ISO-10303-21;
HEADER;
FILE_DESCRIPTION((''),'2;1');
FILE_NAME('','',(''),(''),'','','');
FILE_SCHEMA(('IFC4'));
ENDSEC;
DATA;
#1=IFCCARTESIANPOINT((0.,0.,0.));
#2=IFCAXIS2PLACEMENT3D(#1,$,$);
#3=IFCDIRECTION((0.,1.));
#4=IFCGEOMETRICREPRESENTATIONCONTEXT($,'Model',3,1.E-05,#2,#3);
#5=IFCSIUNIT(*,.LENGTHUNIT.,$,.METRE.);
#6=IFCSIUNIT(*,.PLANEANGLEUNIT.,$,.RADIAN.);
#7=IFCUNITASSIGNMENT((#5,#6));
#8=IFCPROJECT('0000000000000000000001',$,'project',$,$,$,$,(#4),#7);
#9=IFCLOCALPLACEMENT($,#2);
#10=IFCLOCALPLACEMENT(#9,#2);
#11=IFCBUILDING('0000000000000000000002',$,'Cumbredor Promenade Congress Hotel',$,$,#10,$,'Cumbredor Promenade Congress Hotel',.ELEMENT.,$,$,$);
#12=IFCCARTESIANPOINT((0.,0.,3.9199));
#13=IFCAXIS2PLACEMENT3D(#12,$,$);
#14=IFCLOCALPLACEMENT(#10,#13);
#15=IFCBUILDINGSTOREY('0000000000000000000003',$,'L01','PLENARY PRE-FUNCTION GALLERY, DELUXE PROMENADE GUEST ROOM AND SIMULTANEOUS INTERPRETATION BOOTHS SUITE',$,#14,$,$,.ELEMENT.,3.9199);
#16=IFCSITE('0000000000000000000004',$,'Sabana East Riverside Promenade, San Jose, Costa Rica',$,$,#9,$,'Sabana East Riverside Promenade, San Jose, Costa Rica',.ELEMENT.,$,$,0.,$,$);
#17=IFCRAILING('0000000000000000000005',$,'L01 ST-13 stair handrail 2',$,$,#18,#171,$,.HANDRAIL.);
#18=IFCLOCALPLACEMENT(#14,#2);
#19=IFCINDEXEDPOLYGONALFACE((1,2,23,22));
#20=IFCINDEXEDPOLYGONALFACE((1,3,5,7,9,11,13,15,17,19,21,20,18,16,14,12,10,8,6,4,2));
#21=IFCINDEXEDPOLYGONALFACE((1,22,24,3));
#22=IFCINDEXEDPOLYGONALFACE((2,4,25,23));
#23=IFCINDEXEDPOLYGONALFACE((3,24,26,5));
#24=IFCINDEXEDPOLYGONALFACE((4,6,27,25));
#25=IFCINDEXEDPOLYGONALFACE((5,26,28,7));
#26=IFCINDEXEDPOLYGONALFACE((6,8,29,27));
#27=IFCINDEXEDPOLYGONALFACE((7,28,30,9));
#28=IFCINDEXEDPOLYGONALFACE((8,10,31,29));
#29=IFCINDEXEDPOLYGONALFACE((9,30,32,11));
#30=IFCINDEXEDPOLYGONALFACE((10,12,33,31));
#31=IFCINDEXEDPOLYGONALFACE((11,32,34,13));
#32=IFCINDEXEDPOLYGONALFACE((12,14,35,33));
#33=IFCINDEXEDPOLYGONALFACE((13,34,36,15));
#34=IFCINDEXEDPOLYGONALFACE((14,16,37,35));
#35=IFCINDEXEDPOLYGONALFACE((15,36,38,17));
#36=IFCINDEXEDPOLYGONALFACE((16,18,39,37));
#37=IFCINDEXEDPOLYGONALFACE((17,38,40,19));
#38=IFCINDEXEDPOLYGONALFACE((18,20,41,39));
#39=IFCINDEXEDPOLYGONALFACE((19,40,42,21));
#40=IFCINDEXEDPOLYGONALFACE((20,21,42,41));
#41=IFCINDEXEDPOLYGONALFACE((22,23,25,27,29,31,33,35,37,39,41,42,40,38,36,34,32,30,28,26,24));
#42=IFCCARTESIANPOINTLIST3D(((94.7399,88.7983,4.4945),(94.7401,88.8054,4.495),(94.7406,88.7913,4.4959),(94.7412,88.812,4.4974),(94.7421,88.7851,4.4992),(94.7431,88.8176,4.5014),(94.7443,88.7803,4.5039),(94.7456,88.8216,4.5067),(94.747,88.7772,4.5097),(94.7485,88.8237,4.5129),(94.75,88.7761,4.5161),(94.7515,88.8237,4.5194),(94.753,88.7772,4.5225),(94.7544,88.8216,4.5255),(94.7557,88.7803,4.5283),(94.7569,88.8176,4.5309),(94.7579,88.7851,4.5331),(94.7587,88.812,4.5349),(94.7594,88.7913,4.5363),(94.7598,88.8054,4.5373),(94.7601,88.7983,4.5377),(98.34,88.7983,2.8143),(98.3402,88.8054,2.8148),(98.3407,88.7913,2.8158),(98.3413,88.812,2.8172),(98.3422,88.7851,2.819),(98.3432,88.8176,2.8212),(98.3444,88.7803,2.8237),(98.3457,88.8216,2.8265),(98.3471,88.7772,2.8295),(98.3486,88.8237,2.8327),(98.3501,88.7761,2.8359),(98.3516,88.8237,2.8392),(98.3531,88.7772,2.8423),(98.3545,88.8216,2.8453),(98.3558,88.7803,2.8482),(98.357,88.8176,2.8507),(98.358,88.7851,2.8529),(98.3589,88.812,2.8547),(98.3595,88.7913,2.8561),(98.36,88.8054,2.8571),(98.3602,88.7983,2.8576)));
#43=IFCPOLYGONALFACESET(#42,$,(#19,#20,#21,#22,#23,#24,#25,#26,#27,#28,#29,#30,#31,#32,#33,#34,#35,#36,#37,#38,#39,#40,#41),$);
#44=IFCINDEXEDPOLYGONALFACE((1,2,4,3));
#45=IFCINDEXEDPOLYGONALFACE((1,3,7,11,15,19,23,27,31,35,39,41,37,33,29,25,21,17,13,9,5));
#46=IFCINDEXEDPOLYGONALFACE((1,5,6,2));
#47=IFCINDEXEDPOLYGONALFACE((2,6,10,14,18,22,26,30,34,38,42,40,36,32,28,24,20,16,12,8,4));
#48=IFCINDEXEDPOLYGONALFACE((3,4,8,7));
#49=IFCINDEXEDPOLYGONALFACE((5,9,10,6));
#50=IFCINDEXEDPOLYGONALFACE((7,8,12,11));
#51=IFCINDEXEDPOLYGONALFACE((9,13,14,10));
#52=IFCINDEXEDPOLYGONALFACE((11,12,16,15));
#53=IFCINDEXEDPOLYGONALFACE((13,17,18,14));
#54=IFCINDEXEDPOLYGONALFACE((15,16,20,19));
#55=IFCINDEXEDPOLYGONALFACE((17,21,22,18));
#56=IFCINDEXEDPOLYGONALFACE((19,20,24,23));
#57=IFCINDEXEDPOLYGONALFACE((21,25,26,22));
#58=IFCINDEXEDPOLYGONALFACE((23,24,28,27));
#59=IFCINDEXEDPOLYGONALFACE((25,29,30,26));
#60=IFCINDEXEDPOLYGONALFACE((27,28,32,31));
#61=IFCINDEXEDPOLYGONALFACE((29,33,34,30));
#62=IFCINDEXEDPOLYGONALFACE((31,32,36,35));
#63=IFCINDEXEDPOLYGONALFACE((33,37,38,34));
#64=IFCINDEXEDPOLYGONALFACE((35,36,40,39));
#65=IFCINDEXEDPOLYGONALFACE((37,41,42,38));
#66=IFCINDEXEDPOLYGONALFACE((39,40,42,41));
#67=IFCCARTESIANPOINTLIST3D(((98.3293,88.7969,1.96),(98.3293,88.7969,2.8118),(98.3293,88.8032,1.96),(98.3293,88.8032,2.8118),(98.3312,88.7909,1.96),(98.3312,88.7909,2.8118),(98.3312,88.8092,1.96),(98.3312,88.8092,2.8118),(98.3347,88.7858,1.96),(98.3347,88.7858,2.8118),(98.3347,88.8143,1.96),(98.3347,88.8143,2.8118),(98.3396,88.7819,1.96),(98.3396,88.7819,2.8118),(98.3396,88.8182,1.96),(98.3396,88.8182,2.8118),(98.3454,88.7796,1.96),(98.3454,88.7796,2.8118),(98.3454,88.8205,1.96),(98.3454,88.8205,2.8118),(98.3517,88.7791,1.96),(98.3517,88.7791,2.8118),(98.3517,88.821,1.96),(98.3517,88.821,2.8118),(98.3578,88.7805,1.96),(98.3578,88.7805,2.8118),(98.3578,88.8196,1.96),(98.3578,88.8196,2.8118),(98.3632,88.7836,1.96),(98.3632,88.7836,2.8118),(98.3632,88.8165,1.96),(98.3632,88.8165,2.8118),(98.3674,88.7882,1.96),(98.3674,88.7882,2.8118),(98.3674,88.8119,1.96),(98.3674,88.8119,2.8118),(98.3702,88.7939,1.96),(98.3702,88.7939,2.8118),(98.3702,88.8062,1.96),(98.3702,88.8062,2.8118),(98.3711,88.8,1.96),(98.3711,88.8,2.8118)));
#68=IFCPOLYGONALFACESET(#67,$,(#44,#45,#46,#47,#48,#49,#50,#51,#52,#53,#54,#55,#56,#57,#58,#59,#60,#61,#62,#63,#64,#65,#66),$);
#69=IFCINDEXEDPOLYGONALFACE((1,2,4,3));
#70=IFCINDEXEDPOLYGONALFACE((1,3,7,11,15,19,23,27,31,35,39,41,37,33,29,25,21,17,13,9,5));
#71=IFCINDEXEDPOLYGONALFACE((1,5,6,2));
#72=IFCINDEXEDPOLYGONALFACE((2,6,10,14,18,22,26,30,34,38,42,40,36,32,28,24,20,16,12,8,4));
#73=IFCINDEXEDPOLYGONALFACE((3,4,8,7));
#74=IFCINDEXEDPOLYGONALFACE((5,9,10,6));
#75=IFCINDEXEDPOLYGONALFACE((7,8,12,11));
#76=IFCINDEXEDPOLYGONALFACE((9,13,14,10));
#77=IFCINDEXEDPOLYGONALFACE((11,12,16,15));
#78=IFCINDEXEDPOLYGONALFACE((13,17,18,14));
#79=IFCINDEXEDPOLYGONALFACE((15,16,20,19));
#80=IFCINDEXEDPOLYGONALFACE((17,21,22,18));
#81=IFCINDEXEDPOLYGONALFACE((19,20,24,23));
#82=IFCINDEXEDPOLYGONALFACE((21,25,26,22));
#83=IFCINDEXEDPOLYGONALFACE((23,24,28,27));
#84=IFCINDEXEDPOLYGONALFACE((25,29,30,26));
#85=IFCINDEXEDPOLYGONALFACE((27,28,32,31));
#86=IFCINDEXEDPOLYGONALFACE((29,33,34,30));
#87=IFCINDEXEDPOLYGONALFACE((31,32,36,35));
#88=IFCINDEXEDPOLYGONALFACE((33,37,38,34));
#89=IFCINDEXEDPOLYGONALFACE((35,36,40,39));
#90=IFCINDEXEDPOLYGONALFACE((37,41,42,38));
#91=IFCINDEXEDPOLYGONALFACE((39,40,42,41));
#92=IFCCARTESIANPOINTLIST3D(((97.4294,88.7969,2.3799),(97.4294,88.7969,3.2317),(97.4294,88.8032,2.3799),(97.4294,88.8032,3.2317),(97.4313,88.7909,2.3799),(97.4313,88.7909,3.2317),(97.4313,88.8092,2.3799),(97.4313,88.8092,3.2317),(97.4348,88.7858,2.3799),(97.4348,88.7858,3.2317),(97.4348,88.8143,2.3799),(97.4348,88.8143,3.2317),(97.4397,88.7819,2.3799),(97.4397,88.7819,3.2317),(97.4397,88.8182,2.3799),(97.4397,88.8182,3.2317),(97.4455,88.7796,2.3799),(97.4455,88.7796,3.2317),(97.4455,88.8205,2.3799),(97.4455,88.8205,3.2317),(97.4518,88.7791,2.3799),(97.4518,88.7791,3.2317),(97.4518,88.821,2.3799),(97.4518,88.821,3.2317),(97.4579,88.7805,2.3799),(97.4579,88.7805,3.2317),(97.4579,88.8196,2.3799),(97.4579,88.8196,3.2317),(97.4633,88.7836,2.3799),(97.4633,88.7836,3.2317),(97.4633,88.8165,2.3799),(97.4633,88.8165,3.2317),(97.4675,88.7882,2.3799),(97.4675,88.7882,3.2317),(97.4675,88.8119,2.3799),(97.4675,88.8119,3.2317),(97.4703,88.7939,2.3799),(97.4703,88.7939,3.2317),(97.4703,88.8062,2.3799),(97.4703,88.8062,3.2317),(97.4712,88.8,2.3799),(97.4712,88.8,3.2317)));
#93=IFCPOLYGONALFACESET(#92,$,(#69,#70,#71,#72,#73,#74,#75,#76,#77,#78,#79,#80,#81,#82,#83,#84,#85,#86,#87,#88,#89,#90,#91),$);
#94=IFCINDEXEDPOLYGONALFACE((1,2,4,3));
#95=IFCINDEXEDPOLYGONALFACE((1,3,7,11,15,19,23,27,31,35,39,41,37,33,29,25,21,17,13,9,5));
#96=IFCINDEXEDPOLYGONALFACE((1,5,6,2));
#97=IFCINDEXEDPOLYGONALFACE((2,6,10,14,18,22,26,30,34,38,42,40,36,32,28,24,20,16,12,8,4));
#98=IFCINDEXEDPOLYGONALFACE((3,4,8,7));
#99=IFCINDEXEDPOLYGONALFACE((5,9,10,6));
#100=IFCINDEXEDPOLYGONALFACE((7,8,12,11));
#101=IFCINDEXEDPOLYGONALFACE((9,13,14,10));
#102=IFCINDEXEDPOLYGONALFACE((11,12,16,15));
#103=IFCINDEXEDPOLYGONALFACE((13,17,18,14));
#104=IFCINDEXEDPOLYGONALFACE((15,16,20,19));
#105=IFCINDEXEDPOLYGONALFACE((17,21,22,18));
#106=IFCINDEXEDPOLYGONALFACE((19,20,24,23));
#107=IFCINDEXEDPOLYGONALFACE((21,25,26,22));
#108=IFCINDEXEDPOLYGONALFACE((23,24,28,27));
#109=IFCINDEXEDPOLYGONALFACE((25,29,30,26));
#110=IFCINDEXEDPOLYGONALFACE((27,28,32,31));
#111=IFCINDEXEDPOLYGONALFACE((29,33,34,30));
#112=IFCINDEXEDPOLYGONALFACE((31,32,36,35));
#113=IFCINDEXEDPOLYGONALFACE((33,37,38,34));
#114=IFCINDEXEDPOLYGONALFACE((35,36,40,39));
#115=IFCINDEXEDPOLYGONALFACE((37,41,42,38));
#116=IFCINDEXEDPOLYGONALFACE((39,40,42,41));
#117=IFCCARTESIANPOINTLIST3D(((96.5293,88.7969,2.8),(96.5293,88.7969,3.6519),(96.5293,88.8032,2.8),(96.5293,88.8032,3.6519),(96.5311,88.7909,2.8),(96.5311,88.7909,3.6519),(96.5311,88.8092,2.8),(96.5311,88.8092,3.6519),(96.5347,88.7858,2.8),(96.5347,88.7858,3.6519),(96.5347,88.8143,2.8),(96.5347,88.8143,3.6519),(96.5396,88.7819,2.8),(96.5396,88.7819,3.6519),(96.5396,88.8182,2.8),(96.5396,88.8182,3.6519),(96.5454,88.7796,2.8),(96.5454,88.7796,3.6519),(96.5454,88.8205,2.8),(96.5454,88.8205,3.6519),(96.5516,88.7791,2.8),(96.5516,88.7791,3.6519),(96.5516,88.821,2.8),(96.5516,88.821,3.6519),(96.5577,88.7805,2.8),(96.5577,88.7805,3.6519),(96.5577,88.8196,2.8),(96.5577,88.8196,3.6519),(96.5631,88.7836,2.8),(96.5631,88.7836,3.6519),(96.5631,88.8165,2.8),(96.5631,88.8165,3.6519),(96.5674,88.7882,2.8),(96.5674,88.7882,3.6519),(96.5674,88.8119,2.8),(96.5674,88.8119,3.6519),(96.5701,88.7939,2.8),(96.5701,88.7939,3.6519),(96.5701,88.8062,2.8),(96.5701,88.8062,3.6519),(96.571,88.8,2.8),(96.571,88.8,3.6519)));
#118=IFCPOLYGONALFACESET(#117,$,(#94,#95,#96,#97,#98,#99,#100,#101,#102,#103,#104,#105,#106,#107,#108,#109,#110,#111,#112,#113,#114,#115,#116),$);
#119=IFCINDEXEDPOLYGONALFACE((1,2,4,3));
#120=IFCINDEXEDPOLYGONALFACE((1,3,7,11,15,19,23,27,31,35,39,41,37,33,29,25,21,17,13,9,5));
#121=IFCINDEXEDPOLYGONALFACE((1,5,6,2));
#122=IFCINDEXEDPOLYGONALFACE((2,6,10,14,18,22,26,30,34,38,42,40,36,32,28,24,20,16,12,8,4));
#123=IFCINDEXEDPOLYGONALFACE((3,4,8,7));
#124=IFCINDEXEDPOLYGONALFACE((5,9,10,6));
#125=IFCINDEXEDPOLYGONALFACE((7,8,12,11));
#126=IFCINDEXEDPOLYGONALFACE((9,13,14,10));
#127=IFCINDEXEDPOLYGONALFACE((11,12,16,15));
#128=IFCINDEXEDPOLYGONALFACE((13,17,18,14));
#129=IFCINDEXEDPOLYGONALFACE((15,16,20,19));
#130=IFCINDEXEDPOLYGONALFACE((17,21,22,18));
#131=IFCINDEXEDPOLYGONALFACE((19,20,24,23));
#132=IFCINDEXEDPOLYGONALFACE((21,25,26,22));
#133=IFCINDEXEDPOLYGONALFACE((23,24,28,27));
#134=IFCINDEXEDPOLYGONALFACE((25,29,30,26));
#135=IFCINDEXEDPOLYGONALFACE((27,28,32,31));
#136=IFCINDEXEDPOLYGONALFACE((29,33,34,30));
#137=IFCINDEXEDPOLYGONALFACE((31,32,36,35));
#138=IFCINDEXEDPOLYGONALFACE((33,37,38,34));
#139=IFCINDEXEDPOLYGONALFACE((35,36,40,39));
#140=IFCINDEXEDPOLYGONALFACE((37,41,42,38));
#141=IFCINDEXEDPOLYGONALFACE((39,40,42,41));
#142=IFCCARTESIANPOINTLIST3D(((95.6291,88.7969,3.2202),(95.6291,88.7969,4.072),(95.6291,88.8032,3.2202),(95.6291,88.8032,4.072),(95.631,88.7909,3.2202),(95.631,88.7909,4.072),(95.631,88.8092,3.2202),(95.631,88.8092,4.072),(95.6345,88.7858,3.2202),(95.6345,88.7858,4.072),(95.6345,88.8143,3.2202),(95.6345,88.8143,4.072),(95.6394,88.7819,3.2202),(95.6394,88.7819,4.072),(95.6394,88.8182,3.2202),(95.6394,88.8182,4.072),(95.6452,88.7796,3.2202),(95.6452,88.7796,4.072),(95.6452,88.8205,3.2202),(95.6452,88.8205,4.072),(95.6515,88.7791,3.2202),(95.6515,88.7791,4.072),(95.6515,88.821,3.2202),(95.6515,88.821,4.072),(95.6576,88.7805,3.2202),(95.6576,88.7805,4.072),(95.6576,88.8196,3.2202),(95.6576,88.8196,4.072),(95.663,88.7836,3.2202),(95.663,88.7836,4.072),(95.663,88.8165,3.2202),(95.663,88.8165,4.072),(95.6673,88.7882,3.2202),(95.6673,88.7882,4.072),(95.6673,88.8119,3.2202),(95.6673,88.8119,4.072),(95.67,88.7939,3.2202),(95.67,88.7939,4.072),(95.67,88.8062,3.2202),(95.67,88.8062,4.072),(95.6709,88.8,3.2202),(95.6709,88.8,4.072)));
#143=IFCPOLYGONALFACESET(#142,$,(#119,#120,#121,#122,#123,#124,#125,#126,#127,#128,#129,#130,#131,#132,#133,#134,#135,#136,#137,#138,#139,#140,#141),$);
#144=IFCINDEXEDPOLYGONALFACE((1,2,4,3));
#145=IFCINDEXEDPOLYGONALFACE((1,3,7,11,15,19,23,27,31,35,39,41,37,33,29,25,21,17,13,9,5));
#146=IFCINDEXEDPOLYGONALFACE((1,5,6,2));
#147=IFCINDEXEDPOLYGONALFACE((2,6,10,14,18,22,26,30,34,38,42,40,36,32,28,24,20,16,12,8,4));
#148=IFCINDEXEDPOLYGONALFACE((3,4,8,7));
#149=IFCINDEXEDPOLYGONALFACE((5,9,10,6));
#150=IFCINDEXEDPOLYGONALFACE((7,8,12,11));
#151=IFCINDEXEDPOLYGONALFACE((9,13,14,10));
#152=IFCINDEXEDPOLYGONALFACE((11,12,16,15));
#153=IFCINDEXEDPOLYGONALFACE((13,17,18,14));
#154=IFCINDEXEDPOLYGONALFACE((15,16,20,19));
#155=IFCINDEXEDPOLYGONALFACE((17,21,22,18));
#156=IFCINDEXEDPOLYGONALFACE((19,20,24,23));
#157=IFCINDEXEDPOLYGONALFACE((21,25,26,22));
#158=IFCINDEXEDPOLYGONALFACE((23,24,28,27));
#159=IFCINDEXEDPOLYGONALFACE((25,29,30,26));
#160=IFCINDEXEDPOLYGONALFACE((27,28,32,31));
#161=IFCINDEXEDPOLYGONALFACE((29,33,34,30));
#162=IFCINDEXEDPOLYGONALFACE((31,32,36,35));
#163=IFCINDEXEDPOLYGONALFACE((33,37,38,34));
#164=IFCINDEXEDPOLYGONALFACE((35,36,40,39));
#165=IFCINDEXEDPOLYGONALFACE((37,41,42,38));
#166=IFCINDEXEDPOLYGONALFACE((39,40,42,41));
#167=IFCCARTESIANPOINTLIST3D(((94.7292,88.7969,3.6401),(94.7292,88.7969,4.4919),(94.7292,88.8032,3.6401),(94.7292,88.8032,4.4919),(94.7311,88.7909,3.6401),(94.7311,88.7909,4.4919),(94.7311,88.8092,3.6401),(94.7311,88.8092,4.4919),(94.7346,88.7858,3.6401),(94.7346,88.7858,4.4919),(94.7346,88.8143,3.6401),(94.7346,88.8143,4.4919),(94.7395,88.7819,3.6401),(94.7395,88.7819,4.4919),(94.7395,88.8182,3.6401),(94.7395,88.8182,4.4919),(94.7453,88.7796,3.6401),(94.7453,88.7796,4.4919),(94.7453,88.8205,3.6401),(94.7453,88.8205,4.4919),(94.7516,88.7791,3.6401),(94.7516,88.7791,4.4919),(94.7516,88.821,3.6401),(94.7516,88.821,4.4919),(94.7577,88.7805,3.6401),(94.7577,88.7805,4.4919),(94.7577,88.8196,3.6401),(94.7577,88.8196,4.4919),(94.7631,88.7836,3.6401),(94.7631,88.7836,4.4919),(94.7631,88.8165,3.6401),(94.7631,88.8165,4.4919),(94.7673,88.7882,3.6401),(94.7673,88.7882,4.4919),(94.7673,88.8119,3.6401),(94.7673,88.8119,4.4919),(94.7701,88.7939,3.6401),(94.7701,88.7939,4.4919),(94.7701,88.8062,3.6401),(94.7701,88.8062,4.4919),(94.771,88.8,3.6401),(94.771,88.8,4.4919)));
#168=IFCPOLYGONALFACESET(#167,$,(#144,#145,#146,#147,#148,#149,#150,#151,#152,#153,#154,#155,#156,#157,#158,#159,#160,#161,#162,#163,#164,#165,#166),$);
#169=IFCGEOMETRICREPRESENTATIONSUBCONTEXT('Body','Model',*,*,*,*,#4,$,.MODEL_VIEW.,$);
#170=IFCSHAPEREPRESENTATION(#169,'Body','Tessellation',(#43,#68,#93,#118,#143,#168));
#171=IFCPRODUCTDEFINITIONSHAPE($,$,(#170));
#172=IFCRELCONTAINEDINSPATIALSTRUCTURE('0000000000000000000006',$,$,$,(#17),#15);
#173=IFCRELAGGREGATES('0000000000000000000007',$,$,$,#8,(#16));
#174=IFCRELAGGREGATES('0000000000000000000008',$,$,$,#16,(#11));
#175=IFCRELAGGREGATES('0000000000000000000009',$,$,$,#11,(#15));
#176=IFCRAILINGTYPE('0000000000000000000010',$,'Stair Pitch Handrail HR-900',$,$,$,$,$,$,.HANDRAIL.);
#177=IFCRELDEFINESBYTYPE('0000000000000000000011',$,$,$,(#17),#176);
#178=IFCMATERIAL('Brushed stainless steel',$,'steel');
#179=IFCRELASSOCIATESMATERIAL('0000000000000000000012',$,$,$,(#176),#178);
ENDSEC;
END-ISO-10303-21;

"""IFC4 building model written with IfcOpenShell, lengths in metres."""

from ifc_helpers import new_model, si_unit, direction, frame, origin, origin_2d, place, context, subcontext, project, spatial, circle, extrude, material, type_object, element, save


model = new_model("IFC4")

# Units and contexts
model_context = context("Model", 3, precision=1e-05, world=origin(), true_north=direction((0.0, 1.0)))
body_context = subcontext(model_context, "Body", "Model", "MODEL_VIEW")
ifc_project = project(units=[si_unit("LENGTHUNIT", "METRE"), si_unit("PLANEANGLEUNIT", "RADIAN")], contexts=[model_context])

# Site, building, storey
site_placement = place(None, origin())
site = spatial("IfcSite", under=ifc_project, at=site_placement, Name="Sabana East Riverside Promenade, San Jose, Costa Rica", LongName="Sabana East Riverside Promenade, San Jose, Costa Rica", CompositionType="ELEMENT", RefElevation=0.0)
building_placement = place(site_placement, origin())
building = spatial("IfcBuilding", under=site, at=building_placement, Name="Cumbredor Promenade Congress Hotel", LongName="Cumbredor Promenade Congress Hotel", CompositionType="ELEMENT")
storey_placement = place(building_placement, frame((0.0, 0.0, 3.9199)))
storey = spatial("IfcBuildingStorey", under=building, at=storey_placement, Name="L01", Description="PLENARY PRE-FUNCTION GALLERY, DELUXE PROMENADE GUEST ROOM AND SIMULTANEOUS INTERPRETATION BOOTHS SUITE", CompositionType="ELEMENT", Elevation=3.9199)

# Railing
ifc_material_1 = material(Name="Brushed stainless steel", Category="steel")
railing_type_1 = type_object("IfcRailingType", Name="Stair Pitch Handrail HR-900", PredefinedType="HANDRAIL", material=ifc_material_1)
railing_1_placement = place(storey_placement, frame((98.3501, 88.8, 1.96)))
element("IfcRailing", 1, at=railing_1_placement, inside=storey, type_object=railing_type_1, Name="L01 ST-13 stair handrail 2", PredefinedType="HANDRAIL", context=body_context, shape_type="SweptSolid", body=[
    extrude(circle(Radius=0.0239, at=origin_2d()), frame((0.0, 0.0, 0.876), z_axis=(-0.906171, 0.0, 0.422912), x_axis=(0.0, -1.0, 0.0)), (0.0, 0.0, 1.0), 3.9729),
    extrude(circle(Radius=0.021, at=origin_2d()), origin(), (0.0, 0.0, 1.0), 0.8518),
    extrude(circle(Radius=0.021, at=origin_2d()), frame((-0.8999, 0.0, 0.4199)), (0.0, 0.0, 1.0), 0.8518),
    extrude(circle(Radius=0.021, at=origin_2d()), frame((-1.8, 0.0, 0.8401)), (0.0, 0.0, 1.0), 0.8518),
    extrude(circle(Radius=0.021, at=origin_2d()), frame((-2.7002, 0.0, 1.2603)), (0.0, 0.0, 1.0), 0.8518),
    extrude(circle(Radius=0.021, at=origin_2d()), frame((-3.6001, 0.0, 1.6802)), (0.0, 0.0, 1.0), 0.8518),
])

save(model, "model.ifc")
